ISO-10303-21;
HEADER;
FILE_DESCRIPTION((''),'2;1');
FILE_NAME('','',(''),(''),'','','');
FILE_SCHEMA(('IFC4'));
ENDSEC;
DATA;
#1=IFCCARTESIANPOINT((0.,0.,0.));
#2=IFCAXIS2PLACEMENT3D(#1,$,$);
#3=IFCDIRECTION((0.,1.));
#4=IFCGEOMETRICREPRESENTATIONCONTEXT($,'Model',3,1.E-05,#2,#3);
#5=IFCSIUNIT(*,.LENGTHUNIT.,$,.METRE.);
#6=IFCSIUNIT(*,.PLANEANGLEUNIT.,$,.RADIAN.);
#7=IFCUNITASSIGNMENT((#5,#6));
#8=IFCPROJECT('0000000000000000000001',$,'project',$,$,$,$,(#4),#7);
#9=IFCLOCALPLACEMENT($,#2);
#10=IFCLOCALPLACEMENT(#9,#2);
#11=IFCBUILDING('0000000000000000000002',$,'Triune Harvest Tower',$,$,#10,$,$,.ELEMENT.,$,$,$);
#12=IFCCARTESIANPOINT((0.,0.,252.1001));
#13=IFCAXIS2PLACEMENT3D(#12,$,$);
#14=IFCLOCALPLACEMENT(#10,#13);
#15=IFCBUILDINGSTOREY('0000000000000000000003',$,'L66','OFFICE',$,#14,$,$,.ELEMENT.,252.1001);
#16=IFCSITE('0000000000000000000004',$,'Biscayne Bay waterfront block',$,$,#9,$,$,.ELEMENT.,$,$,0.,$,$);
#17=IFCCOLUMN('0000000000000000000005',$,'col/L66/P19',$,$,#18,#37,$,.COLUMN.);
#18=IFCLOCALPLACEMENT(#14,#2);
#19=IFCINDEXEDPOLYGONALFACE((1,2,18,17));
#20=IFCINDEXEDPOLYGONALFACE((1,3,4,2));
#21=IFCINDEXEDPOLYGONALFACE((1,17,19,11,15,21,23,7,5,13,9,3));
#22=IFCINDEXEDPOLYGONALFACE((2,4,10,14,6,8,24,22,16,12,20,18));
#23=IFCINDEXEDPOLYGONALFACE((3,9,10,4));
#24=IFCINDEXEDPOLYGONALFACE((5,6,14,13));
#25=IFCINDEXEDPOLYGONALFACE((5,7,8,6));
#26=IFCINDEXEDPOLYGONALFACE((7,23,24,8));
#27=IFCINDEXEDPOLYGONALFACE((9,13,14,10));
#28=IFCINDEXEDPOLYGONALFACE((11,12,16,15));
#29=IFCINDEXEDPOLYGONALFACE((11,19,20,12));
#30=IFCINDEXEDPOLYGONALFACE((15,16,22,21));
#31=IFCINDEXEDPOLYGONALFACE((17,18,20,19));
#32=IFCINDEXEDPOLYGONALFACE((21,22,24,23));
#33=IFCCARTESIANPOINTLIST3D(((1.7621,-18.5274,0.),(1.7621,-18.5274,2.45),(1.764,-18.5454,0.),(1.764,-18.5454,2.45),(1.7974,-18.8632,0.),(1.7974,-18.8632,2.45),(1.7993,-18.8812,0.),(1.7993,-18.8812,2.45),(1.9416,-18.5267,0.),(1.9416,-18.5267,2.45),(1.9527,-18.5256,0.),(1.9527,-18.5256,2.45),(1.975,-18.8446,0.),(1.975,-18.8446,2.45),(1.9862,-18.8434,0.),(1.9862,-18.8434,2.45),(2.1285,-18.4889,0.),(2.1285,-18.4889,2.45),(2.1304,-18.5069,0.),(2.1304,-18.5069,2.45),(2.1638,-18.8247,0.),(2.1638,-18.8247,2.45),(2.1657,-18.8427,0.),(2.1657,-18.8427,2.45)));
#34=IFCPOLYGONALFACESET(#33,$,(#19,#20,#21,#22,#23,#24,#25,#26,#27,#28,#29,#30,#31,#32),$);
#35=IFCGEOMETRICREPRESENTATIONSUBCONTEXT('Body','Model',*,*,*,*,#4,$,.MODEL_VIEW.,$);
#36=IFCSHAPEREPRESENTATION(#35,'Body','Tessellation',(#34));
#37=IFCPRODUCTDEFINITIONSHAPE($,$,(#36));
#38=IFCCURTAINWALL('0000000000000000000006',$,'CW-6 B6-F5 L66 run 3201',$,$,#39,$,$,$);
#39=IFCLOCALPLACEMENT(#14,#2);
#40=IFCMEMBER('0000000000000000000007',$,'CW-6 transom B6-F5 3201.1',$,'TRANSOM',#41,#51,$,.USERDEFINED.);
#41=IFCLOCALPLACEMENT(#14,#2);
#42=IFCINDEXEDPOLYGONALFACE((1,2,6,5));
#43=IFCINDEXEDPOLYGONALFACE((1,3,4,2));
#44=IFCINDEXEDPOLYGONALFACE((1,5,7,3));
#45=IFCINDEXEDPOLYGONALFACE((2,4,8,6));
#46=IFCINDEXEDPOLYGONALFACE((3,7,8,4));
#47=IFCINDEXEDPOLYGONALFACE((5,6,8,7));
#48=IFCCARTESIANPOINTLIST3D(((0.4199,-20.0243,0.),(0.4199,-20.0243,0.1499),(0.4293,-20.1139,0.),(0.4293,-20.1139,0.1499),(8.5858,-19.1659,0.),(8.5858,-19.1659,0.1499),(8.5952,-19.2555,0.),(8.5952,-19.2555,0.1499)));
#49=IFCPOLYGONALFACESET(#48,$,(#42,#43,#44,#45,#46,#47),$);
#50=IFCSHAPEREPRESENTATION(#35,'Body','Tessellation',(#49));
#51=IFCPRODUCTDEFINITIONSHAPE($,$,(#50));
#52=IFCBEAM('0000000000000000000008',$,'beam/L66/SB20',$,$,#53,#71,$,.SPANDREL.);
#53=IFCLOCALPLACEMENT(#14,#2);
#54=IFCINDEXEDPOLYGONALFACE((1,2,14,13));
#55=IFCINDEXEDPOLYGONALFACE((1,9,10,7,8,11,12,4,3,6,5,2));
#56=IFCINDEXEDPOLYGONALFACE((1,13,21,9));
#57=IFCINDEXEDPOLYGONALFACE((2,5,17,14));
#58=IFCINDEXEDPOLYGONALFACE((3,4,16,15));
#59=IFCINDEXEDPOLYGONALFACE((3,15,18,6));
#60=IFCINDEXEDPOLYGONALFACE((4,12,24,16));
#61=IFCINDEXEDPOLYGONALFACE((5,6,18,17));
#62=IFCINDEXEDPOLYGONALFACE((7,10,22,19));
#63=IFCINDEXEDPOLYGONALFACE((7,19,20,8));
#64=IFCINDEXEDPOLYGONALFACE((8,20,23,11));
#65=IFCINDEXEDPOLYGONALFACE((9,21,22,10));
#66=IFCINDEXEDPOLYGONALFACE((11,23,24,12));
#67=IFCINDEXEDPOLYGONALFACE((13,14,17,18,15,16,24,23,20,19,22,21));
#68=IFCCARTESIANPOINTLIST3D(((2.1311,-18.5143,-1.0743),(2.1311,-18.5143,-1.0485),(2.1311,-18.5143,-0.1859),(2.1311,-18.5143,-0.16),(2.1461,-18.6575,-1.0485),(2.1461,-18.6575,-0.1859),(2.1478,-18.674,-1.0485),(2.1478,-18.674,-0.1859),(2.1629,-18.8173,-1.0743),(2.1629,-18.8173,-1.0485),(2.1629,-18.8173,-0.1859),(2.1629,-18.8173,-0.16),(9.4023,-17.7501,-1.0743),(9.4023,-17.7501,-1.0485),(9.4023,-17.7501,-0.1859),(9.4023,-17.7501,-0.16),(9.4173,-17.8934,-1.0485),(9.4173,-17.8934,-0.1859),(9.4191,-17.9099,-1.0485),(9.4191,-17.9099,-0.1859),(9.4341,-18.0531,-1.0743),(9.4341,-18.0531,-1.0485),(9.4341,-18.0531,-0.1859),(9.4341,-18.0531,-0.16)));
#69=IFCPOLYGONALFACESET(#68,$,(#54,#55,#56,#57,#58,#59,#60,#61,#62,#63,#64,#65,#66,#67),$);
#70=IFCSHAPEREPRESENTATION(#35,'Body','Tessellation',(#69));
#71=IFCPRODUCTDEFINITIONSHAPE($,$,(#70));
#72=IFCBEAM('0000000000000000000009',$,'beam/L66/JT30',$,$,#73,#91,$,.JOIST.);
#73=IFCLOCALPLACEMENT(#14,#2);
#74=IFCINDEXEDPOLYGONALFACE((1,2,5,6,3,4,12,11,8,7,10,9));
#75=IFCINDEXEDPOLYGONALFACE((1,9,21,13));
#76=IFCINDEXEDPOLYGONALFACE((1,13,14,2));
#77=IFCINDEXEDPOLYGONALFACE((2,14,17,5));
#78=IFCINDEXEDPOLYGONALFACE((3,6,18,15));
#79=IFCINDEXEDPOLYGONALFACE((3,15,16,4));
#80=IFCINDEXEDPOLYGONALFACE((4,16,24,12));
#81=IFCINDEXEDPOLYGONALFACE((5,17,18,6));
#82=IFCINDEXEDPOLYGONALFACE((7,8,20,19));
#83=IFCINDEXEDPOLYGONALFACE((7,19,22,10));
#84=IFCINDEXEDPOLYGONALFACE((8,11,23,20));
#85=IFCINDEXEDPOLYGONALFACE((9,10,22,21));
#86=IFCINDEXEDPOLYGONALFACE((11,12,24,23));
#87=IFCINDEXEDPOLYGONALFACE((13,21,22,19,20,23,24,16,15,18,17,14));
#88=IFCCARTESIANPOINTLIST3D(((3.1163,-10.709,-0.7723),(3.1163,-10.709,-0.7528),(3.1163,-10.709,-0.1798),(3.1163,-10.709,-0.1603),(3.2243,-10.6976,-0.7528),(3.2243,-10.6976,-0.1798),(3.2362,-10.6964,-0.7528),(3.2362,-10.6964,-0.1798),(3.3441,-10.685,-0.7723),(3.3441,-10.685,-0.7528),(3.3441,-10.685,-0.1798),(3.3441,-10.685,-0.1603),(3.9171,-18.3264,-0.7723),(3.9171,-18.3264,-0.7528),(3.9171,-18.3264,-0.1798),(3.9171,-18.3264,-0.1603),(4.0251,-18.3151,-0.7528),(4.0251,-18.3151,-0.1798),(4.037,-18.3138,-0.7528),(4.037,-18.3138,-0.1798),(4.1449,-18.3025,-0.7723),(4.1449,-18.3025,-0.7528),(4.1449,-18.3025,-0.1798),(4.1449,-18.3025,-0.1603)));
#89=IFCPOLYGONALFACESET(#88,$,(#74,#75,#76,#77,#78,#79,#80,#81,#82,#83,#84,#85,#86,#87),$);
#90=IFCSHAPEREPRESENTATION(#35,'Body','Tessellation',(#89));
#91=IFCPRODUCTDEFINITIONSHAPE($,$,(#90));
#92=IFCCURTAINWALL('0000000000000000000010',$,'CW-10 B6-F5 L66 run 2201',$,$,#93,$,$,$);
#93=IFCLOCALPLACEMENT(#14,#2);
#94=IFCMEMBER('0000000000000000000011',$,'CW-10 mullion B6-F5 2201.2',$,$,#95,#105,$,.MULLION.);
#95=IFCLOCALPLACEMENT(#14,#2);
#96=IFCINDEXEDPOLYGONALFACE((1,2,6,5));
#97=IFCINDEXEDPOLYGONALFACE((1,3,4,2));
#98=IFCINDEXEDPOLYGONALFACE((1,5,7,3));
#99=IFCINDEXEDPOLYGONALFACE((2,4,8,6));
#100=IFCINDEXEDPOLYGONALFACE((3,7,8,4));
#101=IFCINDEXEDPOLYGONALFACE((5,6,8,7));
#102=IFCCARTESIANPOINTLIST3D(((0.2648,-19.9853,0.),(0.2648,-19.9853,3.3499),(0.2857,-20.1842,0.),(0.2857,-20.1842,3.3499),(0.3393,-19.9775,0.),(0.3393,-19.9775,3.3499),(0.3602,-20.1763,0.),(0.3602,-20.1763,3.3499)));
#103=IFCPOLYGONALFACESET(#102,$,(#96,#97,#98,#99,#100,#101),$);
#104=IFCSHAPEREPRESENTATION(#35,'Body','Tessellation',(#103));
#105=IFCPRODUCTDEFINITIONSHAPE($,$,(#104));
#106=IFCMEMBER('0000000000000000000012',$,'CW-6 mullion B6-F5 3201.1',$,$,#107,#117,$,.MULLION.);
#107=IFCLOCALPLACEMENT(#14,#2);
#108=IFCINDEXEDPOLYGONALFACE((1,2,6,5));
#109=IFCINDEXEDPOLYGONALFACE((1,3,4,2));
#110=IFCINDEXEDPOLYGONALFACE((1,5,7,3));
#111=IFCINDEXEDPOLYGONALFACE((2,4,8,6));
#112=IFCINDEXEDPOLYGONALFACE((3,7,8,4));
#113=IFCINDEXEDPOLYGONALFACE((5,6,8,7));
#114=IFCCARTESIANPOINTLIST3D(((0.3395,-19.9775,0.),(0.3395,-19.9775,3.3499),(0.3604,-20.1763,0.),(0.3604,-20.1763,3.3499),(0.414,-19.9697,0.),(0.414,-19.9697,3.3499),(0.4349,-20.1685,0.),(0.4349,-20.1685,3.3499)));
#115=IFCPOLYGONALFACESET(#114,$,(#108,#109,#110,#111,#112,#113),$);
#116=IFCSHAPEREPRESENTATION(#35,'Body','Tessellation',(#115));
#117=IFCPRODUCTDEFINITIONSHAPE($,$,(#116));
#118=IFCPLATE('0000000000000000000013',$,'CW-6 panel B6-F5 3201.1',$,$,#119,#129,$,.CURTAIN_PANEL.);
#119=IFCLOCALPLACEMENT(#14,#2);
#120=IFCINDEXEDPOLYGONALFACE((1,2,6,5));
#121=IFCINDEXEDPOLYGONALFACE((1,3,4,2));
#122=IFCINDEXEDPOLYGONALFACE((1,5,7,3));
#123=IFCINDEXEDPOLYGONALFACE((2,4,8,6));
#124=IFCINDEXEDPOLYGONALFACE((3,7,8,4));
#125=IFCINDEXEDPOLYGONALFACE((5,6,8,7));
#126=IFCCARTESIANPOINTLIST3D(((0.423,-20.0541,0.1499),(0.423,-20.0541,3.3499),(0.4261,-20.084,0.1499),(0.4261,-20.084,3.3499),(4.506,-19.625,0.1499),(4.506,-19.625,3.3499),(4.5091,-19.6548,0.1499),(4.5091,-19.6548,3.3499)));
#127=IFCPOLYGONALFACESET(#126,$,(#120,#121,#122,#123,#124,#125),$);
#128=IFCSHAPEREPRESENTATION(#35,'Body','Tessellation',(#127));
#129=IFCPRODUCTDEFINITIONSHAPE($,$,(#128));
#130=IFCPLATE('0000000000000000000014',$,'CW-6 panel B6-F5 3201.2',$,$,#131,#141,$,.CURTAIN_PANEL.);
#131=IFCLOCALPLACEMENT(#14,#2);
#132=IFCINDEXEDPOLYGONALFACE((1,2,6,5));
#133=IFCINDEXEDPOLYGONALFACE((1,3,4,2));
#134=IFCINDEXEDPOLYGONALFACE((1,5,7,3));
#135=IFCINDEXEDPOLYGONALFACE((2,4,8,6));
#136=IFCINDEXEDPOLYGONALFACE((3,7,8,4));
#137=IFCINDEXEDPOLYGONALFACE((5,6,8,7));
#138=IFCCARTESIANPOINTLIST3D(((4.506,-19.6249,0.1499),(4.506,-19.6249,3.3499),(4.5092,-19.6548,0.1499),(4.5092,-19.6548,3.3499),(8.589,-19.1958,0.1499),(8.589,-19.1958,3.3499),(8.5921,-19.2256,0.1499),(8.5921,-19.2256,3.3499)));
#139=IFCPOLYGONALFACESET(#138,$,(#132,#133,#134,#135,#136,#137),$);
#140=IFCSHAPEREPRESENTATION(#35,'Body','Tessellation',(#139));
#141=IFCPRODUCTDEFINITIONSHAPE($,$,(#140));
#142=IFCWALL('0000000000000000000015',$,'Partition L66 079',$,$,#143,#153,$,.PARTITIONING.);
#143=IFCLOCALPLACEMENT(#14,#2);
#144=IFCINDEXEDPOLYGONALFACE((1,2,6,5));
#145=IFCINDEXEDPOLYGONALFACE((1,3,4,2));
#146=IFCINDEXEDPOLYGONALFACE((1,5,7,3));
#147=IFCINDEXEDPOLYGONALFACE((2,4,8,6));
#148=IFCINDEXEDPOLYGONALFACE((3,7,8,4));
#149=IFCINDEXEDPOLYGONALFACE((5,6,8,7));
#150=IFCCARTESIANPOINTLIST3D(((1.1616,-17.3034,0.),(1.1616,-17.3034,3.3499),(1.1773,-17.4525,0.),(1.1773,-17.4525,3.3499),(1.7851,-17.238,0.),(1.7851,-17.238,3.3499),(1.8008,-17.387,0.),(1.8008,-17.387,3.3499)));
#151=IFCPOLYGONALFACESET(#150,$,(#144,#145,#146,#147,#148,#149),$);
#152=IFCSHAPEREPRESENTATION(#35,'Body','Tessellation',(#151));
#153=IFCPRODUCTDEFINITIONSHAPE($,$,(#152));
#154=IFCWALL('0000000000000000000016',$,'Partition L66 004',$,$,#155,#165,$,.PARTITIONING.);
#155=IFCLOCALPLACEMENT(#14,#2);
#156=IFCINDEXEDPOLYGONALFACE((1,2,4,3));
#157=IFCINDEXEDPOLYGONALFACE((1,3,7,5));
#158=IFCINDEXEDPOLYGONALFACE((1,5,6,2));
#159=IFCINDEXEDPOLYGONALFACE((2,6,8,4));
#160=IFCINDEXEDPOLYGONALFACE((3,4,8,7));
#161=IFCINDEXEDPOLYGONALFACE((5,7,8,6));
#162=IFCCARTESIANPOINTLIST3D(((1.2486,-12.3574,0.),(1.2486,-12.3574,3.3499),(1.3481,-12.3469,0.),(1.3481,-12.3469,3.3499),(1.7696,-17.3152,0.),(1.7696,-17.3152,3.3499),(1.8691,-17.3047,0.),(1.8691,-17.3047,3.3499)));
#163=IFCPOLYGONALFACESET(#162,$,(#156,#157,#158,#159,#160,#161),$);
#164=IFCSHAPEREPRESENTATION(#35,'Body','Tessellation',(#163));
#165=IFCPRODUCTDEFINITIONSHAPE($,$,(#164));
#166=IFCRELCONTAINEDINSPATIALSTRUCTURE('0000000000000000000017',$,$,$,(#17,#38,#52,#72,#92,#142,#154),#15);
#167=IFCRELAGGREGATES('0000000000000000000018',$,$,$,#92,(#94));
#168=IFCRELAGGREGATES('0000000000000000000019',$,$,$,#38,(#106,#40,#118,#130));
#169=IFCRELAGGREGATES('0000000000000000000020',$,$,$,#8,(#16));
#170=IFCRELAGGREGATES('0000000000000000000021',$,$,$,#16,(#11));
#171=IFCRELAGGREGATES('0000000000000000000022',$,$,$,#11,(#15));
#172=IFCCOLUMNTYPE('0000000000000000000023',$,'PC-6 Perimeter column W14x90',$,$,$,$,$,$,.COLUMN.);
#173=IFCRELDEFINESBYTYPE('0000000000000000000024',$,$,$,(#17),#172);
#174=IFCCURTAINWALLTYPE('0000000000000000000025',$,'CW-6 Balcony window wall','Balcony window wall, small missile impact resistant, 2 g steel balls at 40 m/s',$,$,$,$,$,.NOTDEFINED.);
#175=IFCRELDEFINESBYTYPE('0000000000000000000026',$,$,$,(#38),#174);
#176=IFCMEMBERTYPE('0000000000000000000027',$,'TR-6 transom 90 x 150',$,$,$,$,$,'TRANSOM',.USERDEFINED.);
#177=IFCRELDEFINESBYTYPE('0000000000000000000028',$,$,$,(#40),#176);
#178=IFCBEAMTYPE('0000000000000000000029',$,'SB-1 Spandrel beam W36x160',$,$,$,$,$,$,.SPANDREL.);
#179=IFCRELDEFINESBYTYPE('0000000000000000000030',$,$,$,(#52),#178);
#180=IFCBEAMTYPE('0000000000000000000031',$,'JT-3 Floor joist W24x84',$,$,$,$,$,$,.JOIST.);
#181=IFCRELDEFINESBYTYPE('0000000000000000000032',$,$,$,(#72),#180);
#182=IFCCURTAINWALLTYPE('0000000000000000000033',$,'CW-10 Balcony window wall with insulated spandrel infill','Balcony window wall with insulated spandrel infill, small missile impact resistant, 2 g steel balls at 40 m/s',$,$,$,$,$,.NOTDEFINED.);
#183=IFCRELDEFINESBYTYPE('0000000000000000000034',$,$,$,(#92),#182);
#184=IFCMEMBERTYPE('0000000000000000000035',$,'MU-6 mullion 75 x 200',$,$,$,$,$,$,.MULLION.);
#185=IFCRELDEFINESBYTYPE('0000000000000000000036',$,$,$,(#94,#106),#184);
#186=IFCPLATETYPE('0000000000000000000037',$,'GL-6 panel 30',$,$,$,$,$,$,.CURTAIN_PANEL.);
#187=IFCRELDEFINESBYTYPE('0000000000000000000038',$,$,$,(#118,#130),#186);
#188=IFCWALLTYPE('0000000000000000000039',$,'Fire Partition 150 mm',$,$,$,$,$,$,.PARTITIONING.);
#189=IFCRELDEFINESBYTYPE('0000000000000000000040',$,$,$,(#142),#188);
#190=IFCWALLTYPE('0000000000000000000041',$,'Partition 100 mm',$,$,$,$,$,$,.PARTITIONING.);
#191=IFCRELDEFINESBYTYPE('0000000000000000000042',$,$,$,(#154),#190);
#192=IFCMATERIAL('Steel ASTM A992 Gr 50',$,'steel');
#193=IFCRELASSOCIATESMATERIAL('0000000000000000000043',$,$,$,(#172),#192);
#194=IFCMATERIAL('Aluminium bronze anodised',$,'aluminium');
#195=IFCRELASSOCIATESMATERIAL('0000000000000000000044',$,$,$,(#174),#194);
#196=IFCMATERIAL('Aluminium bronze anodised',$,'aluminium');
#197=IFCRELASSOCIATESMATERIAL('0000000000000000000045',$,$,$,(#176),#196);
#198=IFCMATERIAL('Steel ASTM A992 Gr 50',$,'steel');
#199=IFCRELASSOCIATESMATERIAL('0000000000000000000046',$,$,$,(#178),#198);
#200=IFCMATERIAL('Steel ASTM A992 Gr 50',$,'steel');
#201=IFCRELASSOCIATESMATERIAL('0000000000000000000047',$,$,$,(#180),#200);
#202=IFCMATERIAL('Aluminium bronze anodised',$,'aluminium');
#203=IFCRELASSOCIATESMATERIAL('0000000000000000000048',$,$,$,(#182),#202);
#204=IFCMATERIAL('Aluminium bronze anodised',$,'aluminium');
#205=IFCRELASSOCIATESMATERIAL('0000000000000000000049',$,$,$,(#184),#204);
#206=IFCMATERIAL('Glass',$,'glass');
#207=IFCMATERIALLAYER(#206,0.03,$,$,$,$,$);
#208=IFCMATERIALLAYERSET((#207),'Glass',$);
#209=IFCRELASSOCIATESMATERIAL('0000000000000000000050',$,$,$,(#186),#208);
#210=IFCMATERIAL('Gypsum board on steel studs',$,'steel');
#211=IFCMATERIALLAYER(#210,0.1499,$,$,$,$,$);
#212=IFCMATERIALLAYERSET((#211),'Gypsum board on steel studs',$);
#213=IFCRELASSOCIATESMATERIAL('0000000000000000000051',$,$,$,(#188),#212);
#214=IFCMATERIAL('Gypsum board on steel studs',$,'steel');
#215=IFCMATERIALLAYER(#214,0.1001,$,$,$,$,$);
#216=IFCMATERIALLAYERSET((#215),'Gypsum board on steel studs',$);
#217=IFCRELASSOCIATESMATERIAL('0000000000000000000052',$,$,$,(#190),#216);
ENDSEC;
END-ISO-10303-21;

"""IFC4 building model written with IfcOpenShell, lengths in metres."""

from ifc_helpers import new_model, si_unit, direction, frame, frame_2d, origin, origin_2d, place, context, subcontext, project, spatial, rectangle, i_section, extrude, source, transform, mapped, material, layer, layer_set, material_profile, profile_set, type_object, element, aggregate, save


model = new_model("IFC4")

# Units and contexts
model_context = context("Model", 3, precision=1e-05, world=origin(), true_north=direction((0.0, 1.0)))
body_context = subcontext(model_context, "Body", "Model", "MODEL_VIEW")
ifc_project = project(units=[si_unit("LENGTHUNIT", "METRE"), si_unit("PLANEANGLEUNIT", "RADIAN")], contexts=[model_context])

# Site, building, storey
site_placement = place(None, origin())
site = spatial("IfcSite", under=ifc_project, at=site_placement, Name="Biscayne Bay waterfront block", CompositionType="ELEMENT", RefElevation=0.0)
building_placement = place(site_placement, origin())
building = spatial("IfcBuilding", under=site, at=building_placement, Name="Triune Harvest Tower", CompositionType="ELEMENT")
storey_placement = place(building_placement, frame((0.0, 0.0, 252.1001)))
storey = spatial("IfcBuildingStorey", under=building, at=storey_placement, Name="L66", Description="OFFICE", CompositionType="ELEMENT", Elevation=252.1001)

# Column
ifc_material_1 = material(Name="Steel ASTM A992 Gr 50", Category="steel")
ifc_material_profile_1 = material_profile(ifc_material_1, i_section(OverallWidth=0.3684, OverallDepth=0.3557, WebThickness=0.0112, FlangeThickness=0.0181, at=origin_2d()), Name="W14x90")
ifc_profile_set_1 = profile_set([ifc_material_profile_1], Name="Steel ASTM A992 Gr 50")
column_type = type_object("IfcColumnType", Name="PC-6 Perimeter column W14x90", PredefinedType="COLUMN", material=ifc_profile_set_1)
shared_shape_1 = source(origin(), body_context, "Body", "SweptSolid", [
    extrude(i_section(OverallWidth=0.3684, OverallDepth=0.3557, WebThickness=0.0112, FlangeThickness=0.0181, at=origin_2d()), origin(), (0.0, 0.0, 1.0), 2.45),
])
column_placement = place(storey_placement, frame((1.9639, -18.6851, 0.0), z_axis=(0.0, 0.0, 1.0), x_axis=(0.994522, 0.10453, 0.0)))
element("IfcColumn", 1, at=column_placement, inside=storey, type_object=column_type, Name="col/L66/P19", PredefinedType="COLUMN", context=body_context, shape_type="MappedRepresentation", body=[
    mapped(shared_shape_1, transform((0.0, 0.0, 0.0), scale=1.0)),
])

# Curtain wall, member
ifc_material_2 = material(Name="Aluminium bronze anodised", Category="aluminium")
curtain_wall_type_1 = type_object("IfcCurtainWallType", Name="CW-6 Balcony window wall", Description="Balcony window wall, small missile impact resistant, 2 g steel balls at 40 m/s", PredefinedType="NOTDEFINED", material=ifc_material_2)
curtain_wall_1_placement = place(storey_placement, origin())
curtain_wall_1 = element("IfcCurtainWall", 2, at=curtain_wall_1_placement, inside=storey, type_object=curtain_wall_type_1, Name="CW-6 B6-F5 L66 run 3201")
ifc_material_3 = material(Name="Aluminium bronze anodised", Category="aluminium")
ifc_material_profile_2 = material_profile(ifc_material_3, rectangle(XDim=0.0901, YDim=0.1499, at=origin_2d()), Name="TR-6 transom 90 x 150")
ifc_profile_set_2 = profile_set([ifc_material_profile_2], Name="Aluminium bronze anodised")
member_type_1 = type_object("IfcMemberType", Name="TR-6 transom 90 x 150", ElementType="TRANSOM", PredefinedType="USERDEFINED", material=ifc_profile_set_2)
member_1_placement = place(storey_placement, frame((0.4246, -20.0691, 0.075), z_axis=(0.99452, 0.104542, 0.0), x_axis=(-0.104542, 0.99452, 0.0)))
member_1 = element("IfcMember", 3, at=member_1_placement, type_object=member_type_1, Name="CW-6 transom B6-F5 3201.1", ObjectType="TRANSOM", PredefinedType="USERDEFINED", context=body_context, shape_type="SweptSolid", body=[
    extrude(rectangle(XDim=0.0901, YDim=0.1499, at=origin_2d()), origin(), (0.0, 0.0, 1.0), 8.2109),
])

# Beams
ifc_material_4 = material(Name="Steel ASTM A992 Gr 50", Category="steel")
ifc_material_profile_3 = material_profile(ifc_material_4, i_section(OverallWidth=0.3047, OverallDepth=0.9143, WebThickness=0.0166, FlangeThickness=0.0259, at=origin_2d()), Name="W36x160")
ifc_profile_set_3 = profile_set([ifc_material_profile_3], Name="Steel ASTM A992 Gr 50")
beam_type_1 = type_object("IfcBeamType", Name="SB-1 Spandrel beam W36x160", PredefinedType="SPANDREL", material=ifc_profile_set_3)
shared_shape_2 = source(origin(), body_context, "Body", "SweptSolid", [
    extrude(i_section(OverallWidth=0.3047, OverallDepth=0.9143, WebThickness=0.0166, FlangeThickness=0.0259, at=origin_2d()), origin(), (0.0, 0.0, 1.0), 7.3113),
])
beam_1_placement = place(storey_placement, frame((2.147, -18.6658, -0.6172), z_axis=(0.994523, 0.104518, 0.0), x_axis=(-0.104518, 0.994523, 0.0)))
element("IfcBeam", 4, at=beam_1_placement, inside=storey, type_object=beam_type_1, Name="beam/L66/SB20", PredefinedType="SPANDREL", context=body_context, shape_type="MappedRepresentation", body=[
    mapped(shared_shape_2, transform((0.0, 0.0, 0.0), scale=1.0)),
])
ifc_material_5 = material(Name="Steel ASTM A992 Gr 50", Category="steel")
ifc_material_profile_4 = material_profile(ifc_material_5, i_section(OverallWidth=0.229, OverallDepth=0.6121, WebThickness=0.012, FlangeThickness=0.0195, at=origin_2d()), Name="W24x84")
ifc_profile_set_4 = profile_set([ifc_material_profile_4], Name="Steel ASTM A992 Gr 50")
beam_type_2 = type_object("IfcBeamType", Name="JT-3 Floor joist W24x84", PredefinedType="JOIST", material=ifc_profile_set_4)
shared_shape_3 = source(origin(), body_context, "Body", "SweptSolid", [
    extrude(i_section(OverallWidth=0.229, OverallDepth=0.6121, WebThickness=0.012, FlangeThickness=0.0195, at=origin_2d()), origin(), (0.0, 0.0, 1.0), 7.6594),
])
beam_2_placement = place(storey_placement, frame((4.031, -18.3145, -0.4663), z_axis=(-0.104549, 0.99452, 0.0), x_axis=(-0.99452, -0.104549, 0.0)))
element("IfcBeam", 5, at=beam_2_placement, inside=storey, type_object=beam_type_2, Name="beam/L66/JT30", PredefinedType="JOIST", context=body_context, shape_type="MappedRepresentation", body=[
    mapped(shared_shape_3, transform((0.0, 0.0, 0.0), scale=1.0)),
])

# Curtain wall, member
ifc_material_6 = material(Name="Aluminium bronze anodised", Category="aluminium")
curtain_wall_type_2 = type_object("IfcCurtainWallType", Name="CW-10 Balcony window wall with insulated spandrel infill", Description="Balcony window wall with insulated spandrel infill, small missile impact resistant, 2 g steel balls at 40 m/s", PredefinedType="NOTDEFINED", material=ifc_material_6)
curtain_wall_2_placement = place(storey_placement, origin())
curtain_wall_2 = element("IfcCurtainWall", 6, at=curtain_wall_2_placement, inside=storey, type_object=curtain_wall_type_2, Name="CW-10 B6-F5 L66 run 2201")
ifc_material_7 = material(Name="Aluminium bronze anodised", Category="aluminium")
ifc_material_profile_5 = material_profile(ifc_material_7, rectangle(XDim=0.2, YDim=0.075, at=origin_2d()), Name="MU-6 mullion 75 x 200")
ifc_profile_set_5 = profile_set([ifc_material_profile_5], Name="Aluminium bronze anodised")
member_type_2 = type_object("IfcMemberType", Name="MU-6 mullion 75 x 200", PredefinedType="MULLION", material=ifc_profile_set_5)
shared_shape_4 = source(origin(), body_context, "Body", "SweptSolid", [
    extrude(rectangle(XDim=0.2, YDim=0.075, at=origin_2d()), origin(), (0.0, 0.0, 1.0), 3.3499),
])
member_2_placement = place(storey_placement, frame((0.3125, -20.0808, 0.0), z_axis=(0.0, 0.0, 1.0), x_axis=(-0.104507, 0.994524, 0.0)))
member_2 = element("IfcMember", 7, at=member_2_placement, type_object=member_type_2, Name="CW-10 mullion B6-F5 2201.2", PredefinedType="MULLION", context=body_context, shape_type="MappedRepresentation", body=[
    mapped(shared_shape_4, transform((0.0, 0.0, 0.0), scale=1.0)),
])
aggregate(curtain_wall_2, [member_2])

# Member
member_3_placement = place(storey_placement, frame((0.3872, -20.073, 0.0), z_axis=(0.0, 0.0, 1.0), x_axis=(-0.104532, 0.994522, 0.0)))
member_3 = element("IfcMember", 8, at=member_3_placement, type_object=member_type_2, Name="CW-6 mullion B6-F5 3201.1", PredefinedType="MULLION", context=body_context, shape_type="MappedRepresentation", body=[
    mapped(shared_shape_4, transform((0.0, 0.0, 0.0), scale=1.0)),
])

# Plates
ifc_material_8 = material(Name="Glass", Category="glass")
ifc_layer_1 = layer(ifc_material_8, 0.03)
ifc_layer_set_1 = layer_set([ifc_layer_1], Name="Glass")
plate_type = type_object("IfcPlateType", Name="GL-6 panel 30", PredefinedType="CURTAIN_PANEL", material=ifc_layer_set_1)
shared_shape_5 = source(origin(), body_context, "Body", "SweptSolid", [
    extrude(rectangle(XDim=4.1055, YDim=0.03, at=origin_2d()), origin(), (0.0, 0.0, 1.0), 3.2),
])
plate_1_placement = place(storey_placement, frame((2.4661, -19.8545, 0.1499), z_axis=(0.0, 0.0, 1.0), x_axis=(0.994522, 0.104532, 0.0)))
plate_1 = element("IfcPlate", 9, at=plate_1_placement, type_object=plate_type, Name="CW-6 panel B6-F5 3201.1", PredefinedType="CURTAIN_PANEL", context=body_context, shape_type="MappedRepresentation", body=[
    mapped(shared_shape_5, transform((0.0, 0.0, 0.0), scale=1.0)),
])
plate_2_placement = place(storey_placement, frame((6.5491, -19.4253, 0.1499), z_axis=(0.0, 0.0, 1.0), x_axis=(0.994522, 0.104532, 0.0)))
plate_2 = element("IfcPlate", 10, at=plate_2_placement, type_object=plate_type, Name="CW-6 panel B6-F5 3201.2", PredefinedType="CURTAIN_PANEL", context=body_context, shape_type="MappedRepresentation", body=[
    mapped(shared_shape_5, transform((0.0, 0.0, 0.0), scale=1.0)),
])
aggregate(curtain_wall_1, [member_3, member_1, plate_1, plate_2])

# Walls
ifc_material_9 = material(Name="Gypsum board on steel studs", Category="steel")
ifc_layer_2 = layer(ifc_material_9, 0.1499)
ifc_layer_set_2 = layer_set([ifc_layer_2], Name="Gypsum board on steel studs")
wall_type_1 = type_object("IfcWallType", Name="Fire Partition 150 mm", PredefinedType="PARTITIONING", material=ifc_layer_set_2)
wall_1_placement = place(storey_placement, frame((1.1694, -17.3779, 0.0), z_axis=(0.0, 0.0, 1.0), x_axis=(0.99454, 0.10436, 0.0)))
element("IfcWall", 11, at=wall_1_placement, inside=storey, type_object=wall_type_1, Name="Partition L66 079", PredefinedType="PARTITIONING", context=body_context, shape_type="SweptSolid", body=[
    extrude(rectangle(XDim=0.627, YDim=0.1499, at=frame_2d((0.3135, 0.0))), origin(), (0.0, 0.0, 1.0), 3.3499),
])
ifc_material_10 = material(Name="Gypsum board on steel studs", Category="steel")
ifc_layer_3 = layer(ifc_material_10, 0.1001)
ifc_layer_set_3 = layer_set([ifc_layer_3], Name="Gypsum board on steel studs")
wall_type_2 = type_object("IfcWallType", Name="Partition 100 mm", PredefinedType="PARTITIONING", material=ifc_layer_set_3)
shared_shape_6 = source(origin(), body_context, "Body", "SweptSolid", [
    extrude(rectangle(XDim=4.9851, YDim=0.1001, at=frame_2d((2.4927, 0.0))), origin(), (0.0, 0.0, 1.0), 3.3499),
])
wall_2_placement = place(storey_placement, frame((1.2983, -12.3521, 0.0), z_axis=(0.0, 0.0, 1.0), x_axis=(0.104511, -0.994524, 0.0)))
element("IfcWall", 12, at=wall_2_placement, inside=storey, type_object=wall_type_2, Name="Partition L66 004", PredefinedType="PARTITIONING", context=body_context, shape_type="MappedRepresentation", body=[
    mapped(shared_shape_6, transform((0.0, 0.0, 0.0), scale=1.0)),
])

save(model, "model.ifc")
